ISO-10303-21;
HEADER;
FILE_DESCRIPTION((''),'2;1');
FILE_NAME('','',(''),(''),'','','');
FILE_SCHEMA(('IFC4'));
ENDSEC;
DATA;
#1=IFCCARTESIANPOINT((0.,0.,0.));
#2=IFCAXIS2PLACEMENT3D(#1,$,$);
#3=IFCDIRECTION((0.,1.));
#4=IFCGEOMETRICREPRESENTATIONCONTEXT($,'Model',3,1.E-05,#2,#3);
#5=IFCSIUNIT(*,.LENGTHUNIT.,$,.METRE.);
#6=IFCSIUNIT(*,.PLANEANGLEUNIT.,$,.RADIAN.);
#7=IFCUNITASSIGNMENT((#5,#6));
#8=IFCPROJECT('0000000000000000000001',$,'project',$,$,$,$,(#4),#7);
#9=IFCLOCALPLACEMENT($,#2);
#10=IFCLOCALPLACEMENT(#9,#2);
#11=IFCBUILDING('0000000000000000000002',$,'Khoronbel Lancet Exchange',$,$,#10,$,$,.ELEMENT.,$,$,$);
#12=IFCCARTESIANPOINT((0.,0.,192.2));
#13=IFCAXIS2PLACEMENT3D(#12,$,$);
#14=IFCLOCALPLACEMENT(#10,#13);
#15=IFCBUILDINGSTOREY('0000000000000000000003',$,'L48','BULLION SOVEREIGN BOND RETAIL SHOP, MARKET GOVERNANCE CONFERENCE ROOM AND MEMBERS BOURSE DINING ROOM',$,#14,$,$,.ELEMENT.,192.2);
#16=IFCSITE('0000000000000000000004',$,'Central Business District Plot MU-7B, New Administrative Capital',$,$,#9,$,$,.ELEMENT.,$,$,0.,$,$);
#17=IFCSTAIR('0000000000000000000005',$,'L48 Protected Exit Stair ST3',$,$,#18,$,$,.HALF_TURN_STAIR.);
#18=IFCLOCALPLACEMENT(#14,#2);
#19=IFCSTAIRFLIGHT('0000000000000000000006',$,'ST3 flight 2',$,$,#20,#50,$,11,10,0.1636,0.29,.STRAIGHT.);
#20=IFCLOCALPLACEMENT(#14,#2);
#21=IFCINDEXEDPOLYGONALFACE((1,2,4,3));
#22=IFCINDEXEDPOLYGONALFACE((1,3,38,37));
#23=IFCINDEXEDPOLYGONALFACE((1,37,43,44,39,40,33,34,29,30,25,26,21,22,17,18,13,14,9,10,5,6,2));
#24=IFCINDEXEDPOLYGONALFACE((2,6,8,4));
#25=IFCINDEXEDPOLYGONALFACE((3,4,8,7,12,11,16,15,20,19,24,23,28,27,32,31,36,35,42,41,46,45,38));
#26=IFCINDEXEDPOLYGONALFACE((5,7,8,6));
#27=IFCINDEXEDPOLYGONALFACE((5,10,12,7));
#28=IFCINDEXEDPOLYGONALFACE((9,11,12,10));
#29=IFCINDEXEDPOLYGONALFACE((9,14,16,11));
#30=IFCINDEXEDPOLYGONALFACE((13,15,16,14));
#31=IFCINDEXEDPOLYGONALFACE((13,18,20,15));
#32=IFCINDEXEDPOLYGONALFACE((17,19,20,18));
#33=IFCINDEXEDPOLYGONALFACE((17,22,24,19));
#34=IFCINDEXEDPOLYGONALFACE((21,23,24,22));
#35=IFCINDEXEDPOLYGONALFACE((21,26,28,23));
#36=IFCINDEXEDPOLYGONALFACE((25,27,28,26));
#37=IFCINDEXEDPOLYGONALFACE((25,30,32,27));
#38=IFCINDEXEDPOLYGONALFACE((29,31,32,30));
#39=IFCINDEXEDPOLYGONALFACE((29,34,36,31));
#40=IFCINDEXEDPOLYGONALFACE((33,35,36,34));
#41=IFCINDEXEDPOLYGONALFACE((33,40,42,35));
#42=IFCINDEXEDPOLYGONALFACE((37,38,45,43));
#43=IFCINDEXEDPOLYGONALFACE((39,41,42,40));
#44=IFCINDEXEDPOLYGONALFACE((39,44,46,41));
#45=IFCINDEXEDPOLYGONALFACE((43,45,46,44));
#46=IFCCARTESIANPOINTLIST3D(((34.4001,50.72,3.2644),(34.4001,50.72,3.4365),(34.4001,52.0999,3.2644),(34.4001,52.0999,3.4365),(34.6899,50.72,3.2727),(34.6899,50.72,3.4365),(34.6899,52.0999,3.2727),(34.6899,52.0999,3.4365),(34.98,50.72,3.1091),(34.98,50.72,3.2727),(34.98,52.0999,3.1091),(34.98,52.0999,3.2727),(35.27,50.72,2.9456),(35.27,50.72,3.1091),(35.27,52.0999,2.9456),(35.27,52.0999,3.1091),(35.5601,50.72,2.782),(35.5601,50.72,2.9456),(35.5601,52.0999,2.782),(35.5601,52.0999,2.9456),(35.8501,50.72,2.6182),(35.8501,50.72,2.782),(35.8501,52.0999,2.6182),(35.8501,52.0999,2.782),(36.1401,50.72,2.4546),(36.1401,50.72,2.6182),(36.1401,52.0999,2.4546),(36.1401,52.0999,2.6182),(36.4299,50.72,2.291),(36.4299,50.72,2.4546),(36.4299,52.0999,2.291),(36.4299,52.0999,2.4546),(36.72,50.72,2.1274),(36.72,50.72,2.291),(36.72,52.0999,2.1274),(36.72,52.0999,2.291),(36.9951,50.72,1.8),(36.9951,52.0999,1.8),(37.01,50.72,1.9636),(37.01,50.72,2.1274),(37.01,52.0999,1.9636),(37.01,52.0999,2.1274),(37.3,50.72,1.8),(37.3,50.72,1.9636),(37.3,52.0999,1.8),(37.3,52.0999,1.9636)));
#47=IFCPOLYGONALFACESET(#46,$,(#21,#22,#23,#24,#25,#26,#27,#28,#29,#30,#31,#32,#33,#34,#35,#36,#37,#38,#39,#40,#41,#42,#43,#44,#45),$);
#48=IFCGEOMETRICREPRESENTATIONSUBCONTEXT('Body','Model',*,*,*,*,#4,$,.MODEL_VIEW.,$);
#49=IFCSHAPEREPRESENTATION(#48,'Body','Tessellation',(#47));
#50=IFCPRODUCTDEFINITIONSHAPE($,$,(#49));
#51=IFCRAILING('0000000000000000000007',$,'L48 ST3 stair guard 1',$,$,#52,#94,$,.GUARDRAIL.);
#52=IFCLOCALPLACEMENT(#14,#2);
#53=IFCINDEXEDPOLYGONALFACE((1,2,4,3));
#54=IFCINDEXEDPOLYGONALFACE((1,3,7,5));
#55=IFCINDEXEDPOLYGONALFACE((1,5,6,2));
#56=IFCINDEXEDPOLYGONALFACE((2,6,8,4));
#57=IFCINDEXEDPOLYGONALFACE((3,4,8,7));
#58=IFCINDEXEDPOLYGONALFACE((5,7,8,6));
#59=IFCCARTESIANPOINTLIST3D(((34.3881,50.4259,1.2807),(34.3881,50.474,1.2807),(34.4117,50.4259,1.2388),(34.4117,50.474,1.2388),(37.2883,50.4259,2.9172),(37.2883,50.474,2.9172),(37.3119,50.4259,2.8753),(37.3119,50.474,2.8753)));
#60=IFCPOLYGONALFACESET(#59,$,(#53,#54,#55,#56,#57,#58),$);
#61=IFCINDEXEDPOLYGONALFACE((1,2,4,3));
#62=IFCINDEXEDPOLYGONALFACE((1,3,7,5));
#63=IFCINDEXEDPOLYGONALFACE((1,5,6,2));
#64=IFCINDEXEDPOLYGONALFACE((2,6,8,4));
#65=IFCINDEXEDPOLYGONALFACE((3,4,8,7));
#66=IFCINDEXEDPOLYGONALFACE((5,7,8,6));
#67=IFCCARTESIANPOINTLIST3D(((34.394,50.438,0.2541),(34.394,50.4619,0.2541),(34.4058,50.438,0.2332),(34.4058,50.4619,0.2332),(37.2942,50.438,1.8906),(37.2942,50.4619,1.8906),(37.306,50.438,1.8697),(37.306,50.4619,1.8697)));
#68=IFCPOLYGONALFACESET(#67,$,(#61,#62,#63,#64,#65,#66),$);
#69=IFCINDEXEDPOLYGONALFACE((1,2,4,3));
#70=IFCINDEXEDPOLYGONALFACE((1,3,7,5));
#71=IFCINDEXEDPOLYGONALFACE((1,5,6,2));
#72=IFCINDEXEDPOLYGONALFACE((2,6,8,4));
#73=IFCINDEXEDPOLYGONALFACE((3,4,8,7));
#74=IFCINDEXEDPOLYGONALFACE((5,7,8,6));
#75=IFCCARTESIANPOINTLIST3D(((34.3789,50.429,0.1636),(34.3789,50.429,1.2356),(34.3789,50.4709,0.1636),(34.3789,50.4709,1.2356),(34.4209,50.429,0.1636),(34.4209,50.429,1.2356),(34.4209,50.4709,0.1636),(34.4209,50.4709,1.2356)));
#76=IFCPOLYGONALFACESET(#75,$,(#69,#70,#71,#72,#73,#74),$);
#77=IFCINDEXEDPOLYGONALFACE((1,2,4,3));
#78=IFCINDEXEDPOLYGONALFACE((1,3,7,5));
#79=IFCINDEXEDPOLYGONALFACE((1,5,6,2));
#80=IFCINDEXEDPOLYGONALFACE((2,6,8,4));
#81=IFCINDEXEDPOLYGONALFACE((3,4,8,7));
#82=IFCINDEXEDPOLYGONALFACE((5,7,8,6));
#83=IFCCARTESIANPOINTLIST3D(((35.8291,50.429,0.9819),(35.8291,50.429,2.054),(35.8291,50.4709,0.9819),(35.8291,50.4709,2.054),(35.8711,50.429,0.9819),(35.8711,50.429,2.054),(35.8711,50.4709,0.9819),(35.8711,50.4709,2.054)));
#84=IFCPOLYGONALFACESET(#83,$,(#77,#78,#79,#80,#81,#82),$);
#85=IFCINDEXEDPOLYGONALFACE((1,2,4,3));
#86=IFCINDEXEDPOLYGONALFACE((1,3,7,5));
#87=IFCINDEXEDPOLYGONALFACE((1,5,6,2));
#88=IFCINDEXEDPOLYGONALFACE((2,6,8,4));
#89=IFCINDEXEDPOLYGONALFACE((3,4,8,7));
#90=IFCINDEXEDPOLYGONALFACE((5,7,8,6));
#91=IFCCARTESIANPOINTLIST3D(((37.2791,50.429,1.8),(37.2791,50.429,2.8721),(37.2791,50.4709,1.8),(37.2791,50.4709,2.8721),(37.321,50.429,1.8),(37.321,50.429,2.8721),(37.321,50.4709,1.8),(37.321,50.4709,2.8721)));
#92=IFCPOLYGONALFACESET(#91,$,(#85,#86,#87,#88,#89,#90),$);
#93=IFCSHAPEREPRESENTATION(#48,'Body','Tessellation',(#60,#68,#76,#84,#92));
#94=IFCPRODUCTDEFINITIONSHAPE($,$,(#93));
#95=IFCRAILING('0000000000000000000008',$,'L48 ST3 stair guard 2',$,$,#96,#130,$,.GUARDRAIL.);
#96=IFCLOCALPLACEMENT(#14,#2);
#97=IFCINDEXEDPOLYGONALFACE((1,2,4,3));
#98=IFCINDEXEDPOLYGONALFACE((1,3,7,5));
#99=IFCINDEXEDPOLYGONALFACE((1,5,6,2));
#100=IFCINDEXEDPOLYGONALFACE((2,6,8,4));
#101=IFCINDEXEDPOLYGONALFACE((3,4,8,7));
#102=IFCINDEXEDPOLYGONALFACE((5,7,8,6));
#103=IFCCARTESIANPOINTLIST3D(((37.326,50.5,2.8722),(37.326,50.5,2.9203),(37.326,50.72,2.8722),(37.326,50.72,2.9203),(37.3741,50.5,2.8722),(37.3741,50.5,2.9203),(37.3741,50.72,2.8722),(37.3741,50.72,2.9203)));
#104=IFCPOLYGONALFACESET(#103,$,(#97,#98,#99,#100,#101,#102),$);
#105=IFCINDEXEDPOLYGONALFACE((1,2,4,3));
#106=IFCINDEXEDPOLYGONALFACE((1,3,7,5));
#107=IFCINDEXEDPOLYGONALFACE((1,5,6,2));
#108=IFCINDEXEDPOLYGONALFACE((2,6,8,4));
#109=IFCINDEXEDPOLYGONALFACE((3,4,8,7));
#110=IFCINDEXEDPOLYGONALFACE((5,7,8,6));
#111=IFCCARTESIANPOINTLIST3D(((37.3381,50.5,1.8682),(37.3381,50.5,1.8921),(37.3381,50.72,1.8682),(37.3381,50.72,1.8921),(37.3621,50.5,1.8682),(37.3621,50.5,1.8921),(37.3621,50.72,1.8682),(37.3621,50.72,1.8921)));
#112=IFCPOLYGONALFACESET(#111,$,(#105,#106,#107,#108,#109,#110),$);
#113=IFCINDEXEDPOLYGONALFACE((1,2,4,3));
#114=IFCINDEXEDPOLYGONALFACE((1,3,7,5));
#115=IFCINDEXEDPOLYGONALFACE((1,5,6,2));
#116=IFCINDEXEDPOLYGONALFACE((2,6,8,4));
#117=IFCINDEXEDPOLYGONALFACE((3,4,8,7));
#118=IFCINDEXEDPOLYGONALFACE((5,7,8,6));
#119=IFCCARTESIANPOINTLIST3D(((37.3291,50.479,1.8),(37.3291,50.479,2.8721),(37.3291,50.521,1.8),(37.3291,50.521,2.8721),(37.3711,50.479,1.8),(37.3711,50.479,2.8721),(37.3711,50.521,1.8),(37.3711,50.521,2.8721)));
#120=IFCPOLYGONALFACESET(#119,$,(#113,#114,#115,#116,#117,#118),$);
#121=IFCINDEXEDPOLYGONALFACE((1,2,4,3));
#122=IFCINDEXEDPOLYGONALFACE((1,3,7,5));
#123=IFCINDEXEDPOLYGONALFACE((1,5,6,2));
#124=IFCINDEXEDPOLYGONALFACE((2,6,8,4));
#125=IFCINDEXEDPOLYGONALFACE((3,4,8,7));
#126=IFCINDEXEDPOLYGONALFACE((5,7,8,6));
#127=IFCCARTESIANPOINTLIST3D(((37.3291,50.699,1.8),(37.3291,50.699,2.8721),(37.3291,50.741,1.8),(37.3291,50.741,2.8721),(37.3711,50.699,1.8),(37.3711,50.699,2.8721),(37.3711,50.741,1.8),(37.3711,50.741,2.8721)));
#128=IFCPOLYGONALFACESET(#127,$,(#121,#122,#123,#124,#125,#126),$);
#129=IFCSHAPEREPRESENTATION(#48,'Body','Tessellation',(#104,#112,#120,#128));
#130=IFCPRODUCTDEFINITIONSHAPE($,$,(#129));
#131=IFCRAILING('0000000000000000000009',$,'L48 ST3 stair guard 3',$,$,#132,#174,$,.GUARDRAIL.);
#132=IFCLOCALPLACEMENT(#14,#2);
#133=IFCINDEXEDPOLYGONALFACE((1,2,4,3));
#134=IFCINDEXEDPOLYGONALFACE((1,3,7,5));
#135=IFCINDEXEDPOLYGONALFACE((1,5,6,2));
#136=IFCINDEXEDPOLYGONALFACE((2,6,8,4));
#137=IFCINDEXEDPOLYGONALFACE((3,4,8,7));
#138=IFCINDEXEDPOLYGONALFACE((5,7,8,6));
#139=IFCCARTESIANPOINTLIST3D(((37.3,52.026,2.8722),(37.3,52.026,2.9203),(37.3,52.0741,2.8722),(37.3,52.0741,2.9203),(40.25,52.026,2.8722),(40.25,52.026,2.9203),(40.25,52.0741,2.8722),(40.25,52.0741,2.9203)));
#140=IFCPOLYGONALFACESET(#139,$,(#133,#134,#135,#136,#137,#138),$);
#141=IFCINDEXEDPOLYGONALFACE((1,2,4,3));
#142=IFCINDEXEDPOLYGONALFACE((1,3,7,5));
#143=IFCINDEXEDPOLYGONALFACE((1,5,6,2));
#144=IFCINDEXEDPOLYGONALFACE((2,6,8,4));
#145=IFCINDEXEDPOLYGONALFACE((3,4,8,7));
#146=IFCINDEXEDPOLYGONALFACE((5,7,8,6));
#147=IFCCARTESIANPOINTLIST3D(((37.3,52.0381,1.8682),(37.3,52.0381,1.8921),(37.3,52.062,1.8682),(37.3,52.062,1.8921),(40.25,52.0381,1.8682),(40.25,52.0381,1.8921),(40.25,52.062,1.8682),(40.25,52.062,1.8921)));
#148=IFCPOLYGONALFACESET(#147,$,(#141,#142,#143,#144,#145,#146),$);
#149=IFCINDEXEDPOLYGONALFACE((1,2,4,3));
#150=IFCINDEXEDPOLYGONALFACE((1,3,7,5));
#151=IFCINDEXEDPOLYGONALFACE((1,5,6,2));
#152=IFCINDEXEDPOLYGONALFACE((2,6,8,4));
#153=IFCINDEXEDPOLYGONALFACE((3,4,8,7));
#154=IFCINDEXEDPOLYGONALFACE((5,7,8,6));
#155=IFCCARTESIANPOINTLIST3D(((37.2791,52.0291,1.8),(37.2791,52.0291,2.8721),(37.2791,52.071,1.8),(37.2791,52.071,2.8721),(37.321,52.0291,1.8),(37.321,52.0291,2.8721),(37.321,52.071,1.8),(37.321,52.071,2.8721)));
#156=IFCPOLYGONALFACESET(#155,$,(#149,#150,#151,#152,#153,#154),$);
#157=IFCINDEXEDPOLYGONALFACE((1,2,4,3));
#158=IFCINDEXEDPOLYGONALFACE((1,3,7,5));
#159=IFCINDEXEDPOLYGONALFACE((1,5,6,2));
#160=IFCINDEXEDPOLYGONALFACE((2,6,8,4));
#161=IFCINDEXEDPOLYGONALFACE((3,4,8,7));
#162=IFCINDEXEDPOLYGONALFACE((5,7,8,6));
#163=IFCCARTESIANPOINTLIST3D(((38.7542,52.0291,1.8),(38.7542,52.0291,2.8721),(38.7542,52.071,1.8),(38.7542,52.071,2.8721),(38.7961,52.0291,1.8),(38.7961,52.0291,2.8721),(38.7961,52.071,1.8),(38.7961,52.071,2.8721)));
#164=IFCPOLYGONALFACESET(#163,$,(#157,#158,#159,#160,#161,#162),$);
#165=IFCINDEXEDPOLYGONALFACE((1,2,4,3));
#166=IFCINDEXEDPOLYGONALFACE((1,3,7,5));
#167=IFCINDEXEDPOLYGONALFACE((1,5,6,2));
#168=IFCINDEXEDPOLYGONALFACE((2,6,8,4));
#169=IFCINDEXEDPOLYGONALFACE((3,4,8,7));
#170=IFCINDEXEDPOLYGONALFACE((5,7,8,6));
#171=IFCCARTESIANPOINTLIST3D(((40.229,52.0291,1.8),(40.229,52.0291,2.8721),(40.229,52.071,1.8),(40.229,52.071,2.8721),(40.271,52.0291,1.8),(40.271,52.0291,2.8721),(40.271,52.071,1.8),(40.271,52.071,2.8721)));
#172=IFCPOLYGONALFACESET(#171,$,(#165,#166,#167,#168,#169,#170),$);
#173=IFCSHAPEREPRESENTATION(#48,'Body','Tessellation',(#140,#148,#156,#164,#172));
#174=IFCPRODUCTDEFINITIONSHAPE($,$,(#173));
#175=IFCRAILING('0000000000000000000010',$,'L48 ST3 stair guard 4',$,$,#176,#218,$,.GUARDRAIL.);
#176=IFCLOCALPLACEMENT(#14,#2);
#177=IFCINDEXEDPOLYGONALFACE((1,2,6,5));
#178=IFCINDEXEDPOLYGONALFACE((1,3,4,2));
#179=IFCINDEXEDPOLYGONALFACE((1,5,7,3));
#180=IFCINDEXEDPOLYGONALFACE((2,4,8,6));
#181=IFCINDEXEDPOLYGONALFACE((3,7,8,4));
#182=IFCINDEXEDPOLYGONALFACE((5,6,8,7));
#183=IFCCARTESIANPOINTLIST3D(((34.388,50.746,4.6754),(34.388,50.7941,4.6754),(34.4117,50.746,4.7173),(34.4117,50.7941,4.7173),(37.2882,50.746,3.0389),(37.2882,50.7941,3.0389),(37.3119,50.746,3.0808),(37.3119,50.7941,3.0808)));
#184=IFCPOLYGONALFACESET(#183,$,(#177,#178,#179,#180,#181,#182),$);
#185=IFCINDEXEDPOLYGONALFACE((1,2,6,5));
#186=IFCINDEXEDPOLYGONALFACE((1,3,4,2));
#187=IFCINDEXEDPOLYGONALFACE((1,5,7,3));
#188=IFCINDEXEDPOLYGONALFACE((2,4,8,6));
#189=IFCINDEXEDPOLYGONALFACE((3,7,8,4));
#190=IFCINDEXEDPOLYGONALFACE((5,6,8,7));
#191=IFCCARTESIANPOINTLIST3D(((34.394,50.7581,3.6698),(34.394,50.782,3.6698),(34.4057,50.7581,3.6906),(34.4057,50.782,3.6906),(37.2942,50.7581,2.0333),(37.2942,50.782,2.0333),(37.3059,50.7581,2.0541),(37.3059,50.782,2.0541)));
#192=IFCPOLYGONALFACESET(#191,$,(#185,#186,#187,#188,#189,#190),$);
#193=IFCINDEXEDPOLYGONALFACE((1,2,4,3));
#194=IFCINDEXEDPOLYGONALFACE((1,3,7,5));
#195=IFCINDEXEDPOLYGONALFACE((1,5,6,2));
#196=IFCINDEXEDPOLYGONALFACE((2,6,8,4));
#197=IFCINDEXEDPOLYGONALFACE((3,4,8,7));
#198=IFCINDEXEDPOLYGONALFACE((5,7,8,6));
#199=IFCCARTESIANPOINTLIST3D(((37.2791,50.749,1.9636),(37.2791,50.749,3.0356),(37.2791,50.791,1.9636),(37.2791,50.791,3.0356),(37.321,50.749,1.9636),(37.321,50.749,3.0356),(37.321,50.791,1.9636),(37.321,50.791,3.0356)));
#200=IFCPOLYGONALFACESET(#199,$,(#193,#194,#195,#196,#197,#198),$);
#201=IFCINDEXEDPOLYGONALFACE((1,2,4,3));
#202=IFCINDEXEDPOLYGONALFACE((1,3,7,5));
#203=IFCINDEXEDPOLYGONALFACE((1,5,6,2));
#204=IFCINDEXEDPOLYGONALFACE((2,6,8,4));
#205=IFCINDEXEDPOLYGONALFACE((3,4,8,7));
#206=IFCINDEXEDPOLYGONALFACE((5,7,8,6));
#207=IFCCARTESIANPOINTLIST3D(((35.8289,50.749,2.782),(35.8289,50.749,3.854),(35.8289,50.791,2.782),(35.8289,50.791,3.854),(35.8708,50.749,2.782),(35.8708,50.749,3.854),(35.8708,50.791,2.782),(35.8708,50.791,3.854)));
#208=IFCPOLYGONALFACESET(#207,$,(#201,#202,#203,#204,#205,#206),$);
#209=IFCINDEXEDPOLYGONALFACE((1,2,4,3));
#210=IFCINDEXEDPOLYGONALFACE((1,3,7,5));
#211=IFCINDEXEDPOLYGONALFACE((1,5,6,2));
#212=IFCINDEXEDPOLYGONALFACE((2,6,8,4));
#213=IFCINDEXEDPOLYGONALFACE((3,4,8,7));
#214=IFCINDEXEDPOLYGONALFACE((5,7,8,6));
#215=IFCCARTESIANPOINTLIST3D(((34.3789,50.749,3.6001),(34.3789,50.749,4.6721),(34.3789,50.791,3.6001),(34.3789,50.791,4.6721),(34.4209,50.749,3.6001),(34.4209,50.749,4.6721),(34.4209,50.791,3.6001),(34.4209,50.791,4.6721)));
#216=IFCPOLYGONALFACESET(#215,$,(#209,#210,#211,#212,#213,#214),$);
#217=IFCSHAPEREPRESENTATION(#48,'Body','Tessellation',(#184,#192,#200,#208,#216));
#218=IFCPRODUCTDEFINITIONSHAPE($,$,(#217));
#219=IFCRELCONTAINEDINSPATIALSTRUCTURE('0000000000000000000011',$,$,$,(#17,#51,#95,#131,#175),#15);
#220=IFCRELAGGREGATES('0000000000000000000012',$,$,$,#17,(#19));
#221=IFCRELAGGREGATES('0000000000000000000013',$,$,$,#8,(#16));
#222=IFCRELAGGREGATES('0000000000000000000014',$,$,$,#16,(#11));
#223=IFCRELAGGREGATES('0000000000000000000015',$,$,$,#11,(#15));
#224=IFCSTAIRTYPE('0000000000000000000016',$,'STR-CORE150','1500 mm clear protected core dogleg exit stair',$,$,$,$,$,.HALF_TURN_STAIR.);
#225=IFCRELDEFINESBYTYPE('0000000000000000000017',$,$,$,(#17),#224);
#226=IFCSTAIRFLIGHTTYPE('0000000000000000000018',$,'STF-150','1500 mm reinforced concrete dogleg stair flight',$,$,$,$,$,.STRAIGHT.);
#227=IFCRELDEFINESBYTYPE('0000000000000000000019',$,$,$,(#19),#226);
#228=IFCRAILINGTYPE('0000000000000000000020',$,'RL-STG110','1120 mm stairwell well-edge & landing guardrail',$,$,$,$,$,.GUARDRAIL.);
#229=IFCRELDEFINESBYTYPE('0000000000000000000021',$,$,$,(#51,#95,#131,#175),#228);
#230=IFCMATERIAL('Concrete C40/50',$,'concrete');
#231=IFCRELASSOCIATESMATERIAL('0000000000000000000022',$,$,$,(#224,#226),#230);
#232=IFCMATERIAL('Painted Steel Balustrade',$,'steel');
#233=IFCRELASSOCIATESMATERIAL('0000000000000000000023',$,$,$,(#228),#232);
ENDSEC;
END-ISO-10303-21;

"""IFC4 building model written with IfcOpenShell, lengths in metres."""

from ifc_helpers import new_model, si_unit, direction, frame, origin, origin_2d, place, context, subcontext, project, spatial, polyline, rectangle, outline, extrude, material, type_object, element, aggregate, save


model = new_model("IFC4")

# Units and contexts
model_context = context("Model", 3, precision=1e-05, world=origin(), true_north=direction((0.0, 1.0)))
body_context = subcontext(model_context, "Body", "Model", "MODEL_VIEW")
ifc_project = project(units=[si_unit("LENGTHUNIT", "METRE"), si_unit("PLANEANGLEUNIT", "RADIAN")], contexts=[model_context])

# Site, building, storey
site_placement = place(None, origin())
site = spatial("IfcSite", under=ifc_project, at=site_placement, Name="Central Business District Plot MU-7B, New Administrative Capital", CompositionType="ELEMENT", RefElevation=0.0)
building_placement = place(site_placement, origin())
building = spatial("IfcBuilding", under=site, at=building_placement, Name="Khoronbel Lancet Exchange", CompositionType="ELEMENT")
storey_placement = place(building_placement, frame((0.0, 0.0, 192.2)))
storey = spatial("IfcBuildingStorey", under=building, at=storey_placement, Name="L48", Description="BULLION SOVEREIGN BOND RETAIL SHOP, MARKET GOVERNANCE CONFERENCE ROOM AND MEMBERS BOURSE DINING ROOM", CompositionType="ELEMENT", Elevation=192.2)

# Stair, stair flight
ifc_material_1 = material(Name="Concrete C40/50", Category="concrete")
stair_type = type_object("IfcStairType", Name="STR-CORE150", Description="1500 mm clear protected core dogleg exit stair", PredefinedType="HALF_TURN_STAIR", material=ifc_material_1)
stair_placement = place(storey_placement, origin())
stair = element("IfcStair", 1, at=stair_placement, inside=storey, type_object=stair_type, Name="L48 Protected Exit Stair ST3", PredefinedType="HALF_TURN_STAIR")
stair_flight_type = type_object("IfcStairFlightType", Name="STF-150", Description="1500 mm reinforced concrete dogleg stair flight", PredefinedType="STRAIGHT", material=ifc_material_1)
stair_flight_1_placement = place(storey_placement, frame((37.3, 51.4099, 1.8), z_axis=(0.0, 0.0, 1.0), x_axis=(-1.0, 0.0, 0.0)))
stair_flight_1 = element("IfcStairFlight", 2, at=stair_flight_1_placement, type_object=stair_flight_type, Name="ST3 flight 2", NumberOfRisers=11, NumberOfTreads=10, PredefinedType="STRAIGHT", RiserHeight=0.1636, TreadLength=0.29, context=body_context, shape_type="SweptSolid", body=[
    extrude(outline(polyline([(0.0, 0.0), (0.0, 0.1636), (0.29, 0.1636), (0.29, 0.3274), (0.5801, 0.3274), (0.5801, 0.491), (0.8701, 0.491), (0.8701, 0.6545), (1.1599, 0.6545), (1.1599, 0.8181), (1.45, 0.8181), (1.45, 0.9819), (1.74, 0.9819), (1.74, 1.1455), (2.03, 1.1455), (2.03, 1.3091), (2.3201, 1.3091), (2.3201, 1.4727), (2.6101, 1.4727), (2.6101, 1.6365), (2.8999, 1.6365), (2.8999, 1.8), (2.8999, 1.4644), (0.3049, 0.0), (0.0, 0.0)])), frame((0.0, 0.6899, 0.0), z_axis=(0.0, -1.0, 0.0), x_axis=(1.0, 0.0, 0.0)), (0.0, 0.0, 1.0), 1.3799),
])
aggregate(stair, [stair_flight_1])

# Railings
ifc_material_2 = material(Name="Painted Steel Balustrade", Category="steel")
railing_type_1 = type_object("IfcRailingType", Name="RL-STG110", Description="1120 mm stairwell well-edge & landing guardrail", PredefinedType="GUARDRAIL", material=ifc_material_2)
railing_1_placement = place(storey_placement, frame((34.3999, 50.45, 0.1636)))
element("IfcRailing", 3, at=railing_1_placement, inside=storey, type_object=railing_type_1, Name="L48 ST3 stair guard 1", PredefinedType="GUARDRAIL", context=body_context, shape_type="SweptSolid", body=[
    extrude(rectangle(XDim=0.0481, YDim=0.0481, at=origin_2d()), frame((0.0, 0.0, 1.0962), z_axis=(0.870915, 0.0, 0.491434), x_axis=(0.0, 1.0, 0.0)), (0.0, 0.0, 1.0), 3.3301),
    extrude(rectangle(XDim=0.0239, YDim=0.0239, at=origin_2d()), frame((0.0, 0.0, 0.0801), z_axis=(0.870915, 0.0, 0.491434), x_axis=(0.0, 1.0, 0.0)), (0.0, 0.0, 1.0), 3.3301),
    extrude(rectangle(XDim=0.042, YDim=0.042, at=origin_2d()), origin(), (0.0, 0.0, 1.0), 1.072),
    extrude(rectangle(XDim=0.042, YDim=0.042, at=origin_2d()), frame((1.4502, 0.0, 0.8184)), (0.0, 0.0, 1.0), 1.072),
    extrude(rectangle(XDim=0.042, YDim=0.042, at=origin_2d()), frame((2.9001, 0.0, 1.6365)), (0.0, 0.0, 1.0), 1.072),
])
railing_2_placement = place(storey_placement, frame((37.3501, 50.5, 1.8)))
element("IfcRailing", 4, at=railing_2_placement, inside=storey, type_object=railing_type_1, Name="L48 ST3 stair guard 2", PredefinedType="GUARDRAIL", context=body_context, shape_type="SweptSolid", body=[
    extrude(rectangle(XDim=0.0481, YDim=0.0481, at=origin_2d()), frame((0.0, 0.0, 1.0962), z_axis=(0.0, 1.0, 0.0), x_axis=(-1.0, 0.0, 0.0)), (0.0, 0.0, 1.0), 0.22),
    extrude(rectangle(XDim=0.0239, YDim=0.0239, at=origin_2d()), frame((0.0, 0.0, 0.0801), z_axis=(0.0, 1.0, 0.0), x_axis=(-1.0, 0.0, 0.0)), (0.0, 0.0, 1.0), 0.22),
    extrude(rectangle(XDim=0.042, YDim=0.042, at=origin_2d()), origin(), (0.0, 0.0, 1.0), 1.072),
    extrude(rectangle(XDim=0.042, YDim=0.042, at=origin_2d()), frame((0.0, 0.22, 0.0)), (0.0, 0.0, 1.0), 1.072),
])
railing_3_placement = place(storey_placement, frame((37.3, 52.05, 1.8)))
element("IfcRailing", 5, at=railing_3_placement, inside=storey, type_object=railing_type_1, Name="L48 ST3 stair guard 3", PredefinedType="GUARDRAIL", context=body_context, shape_type="SweptSolid", body=[
    extrude(rectangle(XDim=0.0481, YDim=0.0481, at=origin_2d()), frame((0.0, 0.0, 1.0962), z_axis=(1.0, 0.0, 0.0), x_axis=(0.0, 1.0, 0.0)), (0.0, 0.0, 1.0), 2.95),
    extrude(rectangle(XDim=0.0239, YDim=0.0239, at=origin_2d()), frame((0.0, 0.0, 0.0801), z_axis=(1.0, 0.0, 0.0), x_axis=(0.0, 1.0, 0.0)), (0.0, 0.0, 1.0), 2.95),
    extrude(rectangle(XDim=0.042, YDim=0.042, at=origin_2d()), origin(), (0.0, 0.0, 1.0), 1.072),
    extrude(rectangle(XDim=0.042, YDim=0.042, at=origin_2d()), frame((1.4751, 0.0, 0.0)), (0.0, 0.0, 1.0), 1.072),
    extrude(rectangle(XDim=0.042, YDim=0.042, at=origin_2d()), frame((2.95, 0.0, 0.0)), (0.0, 0.0, 1.0), 1.072),
])
railing_4_placement = place(storey_placement, frame((37.3, 50.77, 1.9636)))
element("IfcRailing", 6, at=railing_4_placement, inside=storey, type_object=railing_type_1, Name="L48 ST3 stair guard 4", PredefinedType="GUARDRAIL", context=body_context, shape_type="SweptSolid", body=[
    extrude(rectangle(XDim=0.0481, YDim=0.0481, at=origin_2d()), frame((0.0, 0.0, 1.0962), z_axis=(-0.870915, 0.0, 0.491434), x_axis=(0.0, -1.0, 0.0)), (0.0, 0.0, 1.0), 3.3301),
    extrude(rectangle(XDim=0.0239, YDim=0.0239, at=origin_2d()), frame((0.0, 0.0, 0.0801), z_axis=(-0.870915, 0.0, 0.491434), x_axis=(0.0, -1.0, 0.0)), (0.0, 0.0, 1.0), 3.3301),
    extrude(rectangle(XDim=0.042, YDim=0.042, at=origin_2d()), origin(), (0.0, 0.0, 1.0), 1.072),
    extrude(rectangle(XDim=0.042, YDim=0.042, at=origin_2d()), frame((-1.4502, 0.0, 0.8184)), (0.0, 0.0, 1.0), 1.072),
    extrude(rectangle(XDim=0.042, YDim=0.042, at=origin_2d()), frame((-2.9001, 0.0, 1.6365)), (0.0, 0.0, 1.0), 1.072),
])

save(model, "model.ifc")
